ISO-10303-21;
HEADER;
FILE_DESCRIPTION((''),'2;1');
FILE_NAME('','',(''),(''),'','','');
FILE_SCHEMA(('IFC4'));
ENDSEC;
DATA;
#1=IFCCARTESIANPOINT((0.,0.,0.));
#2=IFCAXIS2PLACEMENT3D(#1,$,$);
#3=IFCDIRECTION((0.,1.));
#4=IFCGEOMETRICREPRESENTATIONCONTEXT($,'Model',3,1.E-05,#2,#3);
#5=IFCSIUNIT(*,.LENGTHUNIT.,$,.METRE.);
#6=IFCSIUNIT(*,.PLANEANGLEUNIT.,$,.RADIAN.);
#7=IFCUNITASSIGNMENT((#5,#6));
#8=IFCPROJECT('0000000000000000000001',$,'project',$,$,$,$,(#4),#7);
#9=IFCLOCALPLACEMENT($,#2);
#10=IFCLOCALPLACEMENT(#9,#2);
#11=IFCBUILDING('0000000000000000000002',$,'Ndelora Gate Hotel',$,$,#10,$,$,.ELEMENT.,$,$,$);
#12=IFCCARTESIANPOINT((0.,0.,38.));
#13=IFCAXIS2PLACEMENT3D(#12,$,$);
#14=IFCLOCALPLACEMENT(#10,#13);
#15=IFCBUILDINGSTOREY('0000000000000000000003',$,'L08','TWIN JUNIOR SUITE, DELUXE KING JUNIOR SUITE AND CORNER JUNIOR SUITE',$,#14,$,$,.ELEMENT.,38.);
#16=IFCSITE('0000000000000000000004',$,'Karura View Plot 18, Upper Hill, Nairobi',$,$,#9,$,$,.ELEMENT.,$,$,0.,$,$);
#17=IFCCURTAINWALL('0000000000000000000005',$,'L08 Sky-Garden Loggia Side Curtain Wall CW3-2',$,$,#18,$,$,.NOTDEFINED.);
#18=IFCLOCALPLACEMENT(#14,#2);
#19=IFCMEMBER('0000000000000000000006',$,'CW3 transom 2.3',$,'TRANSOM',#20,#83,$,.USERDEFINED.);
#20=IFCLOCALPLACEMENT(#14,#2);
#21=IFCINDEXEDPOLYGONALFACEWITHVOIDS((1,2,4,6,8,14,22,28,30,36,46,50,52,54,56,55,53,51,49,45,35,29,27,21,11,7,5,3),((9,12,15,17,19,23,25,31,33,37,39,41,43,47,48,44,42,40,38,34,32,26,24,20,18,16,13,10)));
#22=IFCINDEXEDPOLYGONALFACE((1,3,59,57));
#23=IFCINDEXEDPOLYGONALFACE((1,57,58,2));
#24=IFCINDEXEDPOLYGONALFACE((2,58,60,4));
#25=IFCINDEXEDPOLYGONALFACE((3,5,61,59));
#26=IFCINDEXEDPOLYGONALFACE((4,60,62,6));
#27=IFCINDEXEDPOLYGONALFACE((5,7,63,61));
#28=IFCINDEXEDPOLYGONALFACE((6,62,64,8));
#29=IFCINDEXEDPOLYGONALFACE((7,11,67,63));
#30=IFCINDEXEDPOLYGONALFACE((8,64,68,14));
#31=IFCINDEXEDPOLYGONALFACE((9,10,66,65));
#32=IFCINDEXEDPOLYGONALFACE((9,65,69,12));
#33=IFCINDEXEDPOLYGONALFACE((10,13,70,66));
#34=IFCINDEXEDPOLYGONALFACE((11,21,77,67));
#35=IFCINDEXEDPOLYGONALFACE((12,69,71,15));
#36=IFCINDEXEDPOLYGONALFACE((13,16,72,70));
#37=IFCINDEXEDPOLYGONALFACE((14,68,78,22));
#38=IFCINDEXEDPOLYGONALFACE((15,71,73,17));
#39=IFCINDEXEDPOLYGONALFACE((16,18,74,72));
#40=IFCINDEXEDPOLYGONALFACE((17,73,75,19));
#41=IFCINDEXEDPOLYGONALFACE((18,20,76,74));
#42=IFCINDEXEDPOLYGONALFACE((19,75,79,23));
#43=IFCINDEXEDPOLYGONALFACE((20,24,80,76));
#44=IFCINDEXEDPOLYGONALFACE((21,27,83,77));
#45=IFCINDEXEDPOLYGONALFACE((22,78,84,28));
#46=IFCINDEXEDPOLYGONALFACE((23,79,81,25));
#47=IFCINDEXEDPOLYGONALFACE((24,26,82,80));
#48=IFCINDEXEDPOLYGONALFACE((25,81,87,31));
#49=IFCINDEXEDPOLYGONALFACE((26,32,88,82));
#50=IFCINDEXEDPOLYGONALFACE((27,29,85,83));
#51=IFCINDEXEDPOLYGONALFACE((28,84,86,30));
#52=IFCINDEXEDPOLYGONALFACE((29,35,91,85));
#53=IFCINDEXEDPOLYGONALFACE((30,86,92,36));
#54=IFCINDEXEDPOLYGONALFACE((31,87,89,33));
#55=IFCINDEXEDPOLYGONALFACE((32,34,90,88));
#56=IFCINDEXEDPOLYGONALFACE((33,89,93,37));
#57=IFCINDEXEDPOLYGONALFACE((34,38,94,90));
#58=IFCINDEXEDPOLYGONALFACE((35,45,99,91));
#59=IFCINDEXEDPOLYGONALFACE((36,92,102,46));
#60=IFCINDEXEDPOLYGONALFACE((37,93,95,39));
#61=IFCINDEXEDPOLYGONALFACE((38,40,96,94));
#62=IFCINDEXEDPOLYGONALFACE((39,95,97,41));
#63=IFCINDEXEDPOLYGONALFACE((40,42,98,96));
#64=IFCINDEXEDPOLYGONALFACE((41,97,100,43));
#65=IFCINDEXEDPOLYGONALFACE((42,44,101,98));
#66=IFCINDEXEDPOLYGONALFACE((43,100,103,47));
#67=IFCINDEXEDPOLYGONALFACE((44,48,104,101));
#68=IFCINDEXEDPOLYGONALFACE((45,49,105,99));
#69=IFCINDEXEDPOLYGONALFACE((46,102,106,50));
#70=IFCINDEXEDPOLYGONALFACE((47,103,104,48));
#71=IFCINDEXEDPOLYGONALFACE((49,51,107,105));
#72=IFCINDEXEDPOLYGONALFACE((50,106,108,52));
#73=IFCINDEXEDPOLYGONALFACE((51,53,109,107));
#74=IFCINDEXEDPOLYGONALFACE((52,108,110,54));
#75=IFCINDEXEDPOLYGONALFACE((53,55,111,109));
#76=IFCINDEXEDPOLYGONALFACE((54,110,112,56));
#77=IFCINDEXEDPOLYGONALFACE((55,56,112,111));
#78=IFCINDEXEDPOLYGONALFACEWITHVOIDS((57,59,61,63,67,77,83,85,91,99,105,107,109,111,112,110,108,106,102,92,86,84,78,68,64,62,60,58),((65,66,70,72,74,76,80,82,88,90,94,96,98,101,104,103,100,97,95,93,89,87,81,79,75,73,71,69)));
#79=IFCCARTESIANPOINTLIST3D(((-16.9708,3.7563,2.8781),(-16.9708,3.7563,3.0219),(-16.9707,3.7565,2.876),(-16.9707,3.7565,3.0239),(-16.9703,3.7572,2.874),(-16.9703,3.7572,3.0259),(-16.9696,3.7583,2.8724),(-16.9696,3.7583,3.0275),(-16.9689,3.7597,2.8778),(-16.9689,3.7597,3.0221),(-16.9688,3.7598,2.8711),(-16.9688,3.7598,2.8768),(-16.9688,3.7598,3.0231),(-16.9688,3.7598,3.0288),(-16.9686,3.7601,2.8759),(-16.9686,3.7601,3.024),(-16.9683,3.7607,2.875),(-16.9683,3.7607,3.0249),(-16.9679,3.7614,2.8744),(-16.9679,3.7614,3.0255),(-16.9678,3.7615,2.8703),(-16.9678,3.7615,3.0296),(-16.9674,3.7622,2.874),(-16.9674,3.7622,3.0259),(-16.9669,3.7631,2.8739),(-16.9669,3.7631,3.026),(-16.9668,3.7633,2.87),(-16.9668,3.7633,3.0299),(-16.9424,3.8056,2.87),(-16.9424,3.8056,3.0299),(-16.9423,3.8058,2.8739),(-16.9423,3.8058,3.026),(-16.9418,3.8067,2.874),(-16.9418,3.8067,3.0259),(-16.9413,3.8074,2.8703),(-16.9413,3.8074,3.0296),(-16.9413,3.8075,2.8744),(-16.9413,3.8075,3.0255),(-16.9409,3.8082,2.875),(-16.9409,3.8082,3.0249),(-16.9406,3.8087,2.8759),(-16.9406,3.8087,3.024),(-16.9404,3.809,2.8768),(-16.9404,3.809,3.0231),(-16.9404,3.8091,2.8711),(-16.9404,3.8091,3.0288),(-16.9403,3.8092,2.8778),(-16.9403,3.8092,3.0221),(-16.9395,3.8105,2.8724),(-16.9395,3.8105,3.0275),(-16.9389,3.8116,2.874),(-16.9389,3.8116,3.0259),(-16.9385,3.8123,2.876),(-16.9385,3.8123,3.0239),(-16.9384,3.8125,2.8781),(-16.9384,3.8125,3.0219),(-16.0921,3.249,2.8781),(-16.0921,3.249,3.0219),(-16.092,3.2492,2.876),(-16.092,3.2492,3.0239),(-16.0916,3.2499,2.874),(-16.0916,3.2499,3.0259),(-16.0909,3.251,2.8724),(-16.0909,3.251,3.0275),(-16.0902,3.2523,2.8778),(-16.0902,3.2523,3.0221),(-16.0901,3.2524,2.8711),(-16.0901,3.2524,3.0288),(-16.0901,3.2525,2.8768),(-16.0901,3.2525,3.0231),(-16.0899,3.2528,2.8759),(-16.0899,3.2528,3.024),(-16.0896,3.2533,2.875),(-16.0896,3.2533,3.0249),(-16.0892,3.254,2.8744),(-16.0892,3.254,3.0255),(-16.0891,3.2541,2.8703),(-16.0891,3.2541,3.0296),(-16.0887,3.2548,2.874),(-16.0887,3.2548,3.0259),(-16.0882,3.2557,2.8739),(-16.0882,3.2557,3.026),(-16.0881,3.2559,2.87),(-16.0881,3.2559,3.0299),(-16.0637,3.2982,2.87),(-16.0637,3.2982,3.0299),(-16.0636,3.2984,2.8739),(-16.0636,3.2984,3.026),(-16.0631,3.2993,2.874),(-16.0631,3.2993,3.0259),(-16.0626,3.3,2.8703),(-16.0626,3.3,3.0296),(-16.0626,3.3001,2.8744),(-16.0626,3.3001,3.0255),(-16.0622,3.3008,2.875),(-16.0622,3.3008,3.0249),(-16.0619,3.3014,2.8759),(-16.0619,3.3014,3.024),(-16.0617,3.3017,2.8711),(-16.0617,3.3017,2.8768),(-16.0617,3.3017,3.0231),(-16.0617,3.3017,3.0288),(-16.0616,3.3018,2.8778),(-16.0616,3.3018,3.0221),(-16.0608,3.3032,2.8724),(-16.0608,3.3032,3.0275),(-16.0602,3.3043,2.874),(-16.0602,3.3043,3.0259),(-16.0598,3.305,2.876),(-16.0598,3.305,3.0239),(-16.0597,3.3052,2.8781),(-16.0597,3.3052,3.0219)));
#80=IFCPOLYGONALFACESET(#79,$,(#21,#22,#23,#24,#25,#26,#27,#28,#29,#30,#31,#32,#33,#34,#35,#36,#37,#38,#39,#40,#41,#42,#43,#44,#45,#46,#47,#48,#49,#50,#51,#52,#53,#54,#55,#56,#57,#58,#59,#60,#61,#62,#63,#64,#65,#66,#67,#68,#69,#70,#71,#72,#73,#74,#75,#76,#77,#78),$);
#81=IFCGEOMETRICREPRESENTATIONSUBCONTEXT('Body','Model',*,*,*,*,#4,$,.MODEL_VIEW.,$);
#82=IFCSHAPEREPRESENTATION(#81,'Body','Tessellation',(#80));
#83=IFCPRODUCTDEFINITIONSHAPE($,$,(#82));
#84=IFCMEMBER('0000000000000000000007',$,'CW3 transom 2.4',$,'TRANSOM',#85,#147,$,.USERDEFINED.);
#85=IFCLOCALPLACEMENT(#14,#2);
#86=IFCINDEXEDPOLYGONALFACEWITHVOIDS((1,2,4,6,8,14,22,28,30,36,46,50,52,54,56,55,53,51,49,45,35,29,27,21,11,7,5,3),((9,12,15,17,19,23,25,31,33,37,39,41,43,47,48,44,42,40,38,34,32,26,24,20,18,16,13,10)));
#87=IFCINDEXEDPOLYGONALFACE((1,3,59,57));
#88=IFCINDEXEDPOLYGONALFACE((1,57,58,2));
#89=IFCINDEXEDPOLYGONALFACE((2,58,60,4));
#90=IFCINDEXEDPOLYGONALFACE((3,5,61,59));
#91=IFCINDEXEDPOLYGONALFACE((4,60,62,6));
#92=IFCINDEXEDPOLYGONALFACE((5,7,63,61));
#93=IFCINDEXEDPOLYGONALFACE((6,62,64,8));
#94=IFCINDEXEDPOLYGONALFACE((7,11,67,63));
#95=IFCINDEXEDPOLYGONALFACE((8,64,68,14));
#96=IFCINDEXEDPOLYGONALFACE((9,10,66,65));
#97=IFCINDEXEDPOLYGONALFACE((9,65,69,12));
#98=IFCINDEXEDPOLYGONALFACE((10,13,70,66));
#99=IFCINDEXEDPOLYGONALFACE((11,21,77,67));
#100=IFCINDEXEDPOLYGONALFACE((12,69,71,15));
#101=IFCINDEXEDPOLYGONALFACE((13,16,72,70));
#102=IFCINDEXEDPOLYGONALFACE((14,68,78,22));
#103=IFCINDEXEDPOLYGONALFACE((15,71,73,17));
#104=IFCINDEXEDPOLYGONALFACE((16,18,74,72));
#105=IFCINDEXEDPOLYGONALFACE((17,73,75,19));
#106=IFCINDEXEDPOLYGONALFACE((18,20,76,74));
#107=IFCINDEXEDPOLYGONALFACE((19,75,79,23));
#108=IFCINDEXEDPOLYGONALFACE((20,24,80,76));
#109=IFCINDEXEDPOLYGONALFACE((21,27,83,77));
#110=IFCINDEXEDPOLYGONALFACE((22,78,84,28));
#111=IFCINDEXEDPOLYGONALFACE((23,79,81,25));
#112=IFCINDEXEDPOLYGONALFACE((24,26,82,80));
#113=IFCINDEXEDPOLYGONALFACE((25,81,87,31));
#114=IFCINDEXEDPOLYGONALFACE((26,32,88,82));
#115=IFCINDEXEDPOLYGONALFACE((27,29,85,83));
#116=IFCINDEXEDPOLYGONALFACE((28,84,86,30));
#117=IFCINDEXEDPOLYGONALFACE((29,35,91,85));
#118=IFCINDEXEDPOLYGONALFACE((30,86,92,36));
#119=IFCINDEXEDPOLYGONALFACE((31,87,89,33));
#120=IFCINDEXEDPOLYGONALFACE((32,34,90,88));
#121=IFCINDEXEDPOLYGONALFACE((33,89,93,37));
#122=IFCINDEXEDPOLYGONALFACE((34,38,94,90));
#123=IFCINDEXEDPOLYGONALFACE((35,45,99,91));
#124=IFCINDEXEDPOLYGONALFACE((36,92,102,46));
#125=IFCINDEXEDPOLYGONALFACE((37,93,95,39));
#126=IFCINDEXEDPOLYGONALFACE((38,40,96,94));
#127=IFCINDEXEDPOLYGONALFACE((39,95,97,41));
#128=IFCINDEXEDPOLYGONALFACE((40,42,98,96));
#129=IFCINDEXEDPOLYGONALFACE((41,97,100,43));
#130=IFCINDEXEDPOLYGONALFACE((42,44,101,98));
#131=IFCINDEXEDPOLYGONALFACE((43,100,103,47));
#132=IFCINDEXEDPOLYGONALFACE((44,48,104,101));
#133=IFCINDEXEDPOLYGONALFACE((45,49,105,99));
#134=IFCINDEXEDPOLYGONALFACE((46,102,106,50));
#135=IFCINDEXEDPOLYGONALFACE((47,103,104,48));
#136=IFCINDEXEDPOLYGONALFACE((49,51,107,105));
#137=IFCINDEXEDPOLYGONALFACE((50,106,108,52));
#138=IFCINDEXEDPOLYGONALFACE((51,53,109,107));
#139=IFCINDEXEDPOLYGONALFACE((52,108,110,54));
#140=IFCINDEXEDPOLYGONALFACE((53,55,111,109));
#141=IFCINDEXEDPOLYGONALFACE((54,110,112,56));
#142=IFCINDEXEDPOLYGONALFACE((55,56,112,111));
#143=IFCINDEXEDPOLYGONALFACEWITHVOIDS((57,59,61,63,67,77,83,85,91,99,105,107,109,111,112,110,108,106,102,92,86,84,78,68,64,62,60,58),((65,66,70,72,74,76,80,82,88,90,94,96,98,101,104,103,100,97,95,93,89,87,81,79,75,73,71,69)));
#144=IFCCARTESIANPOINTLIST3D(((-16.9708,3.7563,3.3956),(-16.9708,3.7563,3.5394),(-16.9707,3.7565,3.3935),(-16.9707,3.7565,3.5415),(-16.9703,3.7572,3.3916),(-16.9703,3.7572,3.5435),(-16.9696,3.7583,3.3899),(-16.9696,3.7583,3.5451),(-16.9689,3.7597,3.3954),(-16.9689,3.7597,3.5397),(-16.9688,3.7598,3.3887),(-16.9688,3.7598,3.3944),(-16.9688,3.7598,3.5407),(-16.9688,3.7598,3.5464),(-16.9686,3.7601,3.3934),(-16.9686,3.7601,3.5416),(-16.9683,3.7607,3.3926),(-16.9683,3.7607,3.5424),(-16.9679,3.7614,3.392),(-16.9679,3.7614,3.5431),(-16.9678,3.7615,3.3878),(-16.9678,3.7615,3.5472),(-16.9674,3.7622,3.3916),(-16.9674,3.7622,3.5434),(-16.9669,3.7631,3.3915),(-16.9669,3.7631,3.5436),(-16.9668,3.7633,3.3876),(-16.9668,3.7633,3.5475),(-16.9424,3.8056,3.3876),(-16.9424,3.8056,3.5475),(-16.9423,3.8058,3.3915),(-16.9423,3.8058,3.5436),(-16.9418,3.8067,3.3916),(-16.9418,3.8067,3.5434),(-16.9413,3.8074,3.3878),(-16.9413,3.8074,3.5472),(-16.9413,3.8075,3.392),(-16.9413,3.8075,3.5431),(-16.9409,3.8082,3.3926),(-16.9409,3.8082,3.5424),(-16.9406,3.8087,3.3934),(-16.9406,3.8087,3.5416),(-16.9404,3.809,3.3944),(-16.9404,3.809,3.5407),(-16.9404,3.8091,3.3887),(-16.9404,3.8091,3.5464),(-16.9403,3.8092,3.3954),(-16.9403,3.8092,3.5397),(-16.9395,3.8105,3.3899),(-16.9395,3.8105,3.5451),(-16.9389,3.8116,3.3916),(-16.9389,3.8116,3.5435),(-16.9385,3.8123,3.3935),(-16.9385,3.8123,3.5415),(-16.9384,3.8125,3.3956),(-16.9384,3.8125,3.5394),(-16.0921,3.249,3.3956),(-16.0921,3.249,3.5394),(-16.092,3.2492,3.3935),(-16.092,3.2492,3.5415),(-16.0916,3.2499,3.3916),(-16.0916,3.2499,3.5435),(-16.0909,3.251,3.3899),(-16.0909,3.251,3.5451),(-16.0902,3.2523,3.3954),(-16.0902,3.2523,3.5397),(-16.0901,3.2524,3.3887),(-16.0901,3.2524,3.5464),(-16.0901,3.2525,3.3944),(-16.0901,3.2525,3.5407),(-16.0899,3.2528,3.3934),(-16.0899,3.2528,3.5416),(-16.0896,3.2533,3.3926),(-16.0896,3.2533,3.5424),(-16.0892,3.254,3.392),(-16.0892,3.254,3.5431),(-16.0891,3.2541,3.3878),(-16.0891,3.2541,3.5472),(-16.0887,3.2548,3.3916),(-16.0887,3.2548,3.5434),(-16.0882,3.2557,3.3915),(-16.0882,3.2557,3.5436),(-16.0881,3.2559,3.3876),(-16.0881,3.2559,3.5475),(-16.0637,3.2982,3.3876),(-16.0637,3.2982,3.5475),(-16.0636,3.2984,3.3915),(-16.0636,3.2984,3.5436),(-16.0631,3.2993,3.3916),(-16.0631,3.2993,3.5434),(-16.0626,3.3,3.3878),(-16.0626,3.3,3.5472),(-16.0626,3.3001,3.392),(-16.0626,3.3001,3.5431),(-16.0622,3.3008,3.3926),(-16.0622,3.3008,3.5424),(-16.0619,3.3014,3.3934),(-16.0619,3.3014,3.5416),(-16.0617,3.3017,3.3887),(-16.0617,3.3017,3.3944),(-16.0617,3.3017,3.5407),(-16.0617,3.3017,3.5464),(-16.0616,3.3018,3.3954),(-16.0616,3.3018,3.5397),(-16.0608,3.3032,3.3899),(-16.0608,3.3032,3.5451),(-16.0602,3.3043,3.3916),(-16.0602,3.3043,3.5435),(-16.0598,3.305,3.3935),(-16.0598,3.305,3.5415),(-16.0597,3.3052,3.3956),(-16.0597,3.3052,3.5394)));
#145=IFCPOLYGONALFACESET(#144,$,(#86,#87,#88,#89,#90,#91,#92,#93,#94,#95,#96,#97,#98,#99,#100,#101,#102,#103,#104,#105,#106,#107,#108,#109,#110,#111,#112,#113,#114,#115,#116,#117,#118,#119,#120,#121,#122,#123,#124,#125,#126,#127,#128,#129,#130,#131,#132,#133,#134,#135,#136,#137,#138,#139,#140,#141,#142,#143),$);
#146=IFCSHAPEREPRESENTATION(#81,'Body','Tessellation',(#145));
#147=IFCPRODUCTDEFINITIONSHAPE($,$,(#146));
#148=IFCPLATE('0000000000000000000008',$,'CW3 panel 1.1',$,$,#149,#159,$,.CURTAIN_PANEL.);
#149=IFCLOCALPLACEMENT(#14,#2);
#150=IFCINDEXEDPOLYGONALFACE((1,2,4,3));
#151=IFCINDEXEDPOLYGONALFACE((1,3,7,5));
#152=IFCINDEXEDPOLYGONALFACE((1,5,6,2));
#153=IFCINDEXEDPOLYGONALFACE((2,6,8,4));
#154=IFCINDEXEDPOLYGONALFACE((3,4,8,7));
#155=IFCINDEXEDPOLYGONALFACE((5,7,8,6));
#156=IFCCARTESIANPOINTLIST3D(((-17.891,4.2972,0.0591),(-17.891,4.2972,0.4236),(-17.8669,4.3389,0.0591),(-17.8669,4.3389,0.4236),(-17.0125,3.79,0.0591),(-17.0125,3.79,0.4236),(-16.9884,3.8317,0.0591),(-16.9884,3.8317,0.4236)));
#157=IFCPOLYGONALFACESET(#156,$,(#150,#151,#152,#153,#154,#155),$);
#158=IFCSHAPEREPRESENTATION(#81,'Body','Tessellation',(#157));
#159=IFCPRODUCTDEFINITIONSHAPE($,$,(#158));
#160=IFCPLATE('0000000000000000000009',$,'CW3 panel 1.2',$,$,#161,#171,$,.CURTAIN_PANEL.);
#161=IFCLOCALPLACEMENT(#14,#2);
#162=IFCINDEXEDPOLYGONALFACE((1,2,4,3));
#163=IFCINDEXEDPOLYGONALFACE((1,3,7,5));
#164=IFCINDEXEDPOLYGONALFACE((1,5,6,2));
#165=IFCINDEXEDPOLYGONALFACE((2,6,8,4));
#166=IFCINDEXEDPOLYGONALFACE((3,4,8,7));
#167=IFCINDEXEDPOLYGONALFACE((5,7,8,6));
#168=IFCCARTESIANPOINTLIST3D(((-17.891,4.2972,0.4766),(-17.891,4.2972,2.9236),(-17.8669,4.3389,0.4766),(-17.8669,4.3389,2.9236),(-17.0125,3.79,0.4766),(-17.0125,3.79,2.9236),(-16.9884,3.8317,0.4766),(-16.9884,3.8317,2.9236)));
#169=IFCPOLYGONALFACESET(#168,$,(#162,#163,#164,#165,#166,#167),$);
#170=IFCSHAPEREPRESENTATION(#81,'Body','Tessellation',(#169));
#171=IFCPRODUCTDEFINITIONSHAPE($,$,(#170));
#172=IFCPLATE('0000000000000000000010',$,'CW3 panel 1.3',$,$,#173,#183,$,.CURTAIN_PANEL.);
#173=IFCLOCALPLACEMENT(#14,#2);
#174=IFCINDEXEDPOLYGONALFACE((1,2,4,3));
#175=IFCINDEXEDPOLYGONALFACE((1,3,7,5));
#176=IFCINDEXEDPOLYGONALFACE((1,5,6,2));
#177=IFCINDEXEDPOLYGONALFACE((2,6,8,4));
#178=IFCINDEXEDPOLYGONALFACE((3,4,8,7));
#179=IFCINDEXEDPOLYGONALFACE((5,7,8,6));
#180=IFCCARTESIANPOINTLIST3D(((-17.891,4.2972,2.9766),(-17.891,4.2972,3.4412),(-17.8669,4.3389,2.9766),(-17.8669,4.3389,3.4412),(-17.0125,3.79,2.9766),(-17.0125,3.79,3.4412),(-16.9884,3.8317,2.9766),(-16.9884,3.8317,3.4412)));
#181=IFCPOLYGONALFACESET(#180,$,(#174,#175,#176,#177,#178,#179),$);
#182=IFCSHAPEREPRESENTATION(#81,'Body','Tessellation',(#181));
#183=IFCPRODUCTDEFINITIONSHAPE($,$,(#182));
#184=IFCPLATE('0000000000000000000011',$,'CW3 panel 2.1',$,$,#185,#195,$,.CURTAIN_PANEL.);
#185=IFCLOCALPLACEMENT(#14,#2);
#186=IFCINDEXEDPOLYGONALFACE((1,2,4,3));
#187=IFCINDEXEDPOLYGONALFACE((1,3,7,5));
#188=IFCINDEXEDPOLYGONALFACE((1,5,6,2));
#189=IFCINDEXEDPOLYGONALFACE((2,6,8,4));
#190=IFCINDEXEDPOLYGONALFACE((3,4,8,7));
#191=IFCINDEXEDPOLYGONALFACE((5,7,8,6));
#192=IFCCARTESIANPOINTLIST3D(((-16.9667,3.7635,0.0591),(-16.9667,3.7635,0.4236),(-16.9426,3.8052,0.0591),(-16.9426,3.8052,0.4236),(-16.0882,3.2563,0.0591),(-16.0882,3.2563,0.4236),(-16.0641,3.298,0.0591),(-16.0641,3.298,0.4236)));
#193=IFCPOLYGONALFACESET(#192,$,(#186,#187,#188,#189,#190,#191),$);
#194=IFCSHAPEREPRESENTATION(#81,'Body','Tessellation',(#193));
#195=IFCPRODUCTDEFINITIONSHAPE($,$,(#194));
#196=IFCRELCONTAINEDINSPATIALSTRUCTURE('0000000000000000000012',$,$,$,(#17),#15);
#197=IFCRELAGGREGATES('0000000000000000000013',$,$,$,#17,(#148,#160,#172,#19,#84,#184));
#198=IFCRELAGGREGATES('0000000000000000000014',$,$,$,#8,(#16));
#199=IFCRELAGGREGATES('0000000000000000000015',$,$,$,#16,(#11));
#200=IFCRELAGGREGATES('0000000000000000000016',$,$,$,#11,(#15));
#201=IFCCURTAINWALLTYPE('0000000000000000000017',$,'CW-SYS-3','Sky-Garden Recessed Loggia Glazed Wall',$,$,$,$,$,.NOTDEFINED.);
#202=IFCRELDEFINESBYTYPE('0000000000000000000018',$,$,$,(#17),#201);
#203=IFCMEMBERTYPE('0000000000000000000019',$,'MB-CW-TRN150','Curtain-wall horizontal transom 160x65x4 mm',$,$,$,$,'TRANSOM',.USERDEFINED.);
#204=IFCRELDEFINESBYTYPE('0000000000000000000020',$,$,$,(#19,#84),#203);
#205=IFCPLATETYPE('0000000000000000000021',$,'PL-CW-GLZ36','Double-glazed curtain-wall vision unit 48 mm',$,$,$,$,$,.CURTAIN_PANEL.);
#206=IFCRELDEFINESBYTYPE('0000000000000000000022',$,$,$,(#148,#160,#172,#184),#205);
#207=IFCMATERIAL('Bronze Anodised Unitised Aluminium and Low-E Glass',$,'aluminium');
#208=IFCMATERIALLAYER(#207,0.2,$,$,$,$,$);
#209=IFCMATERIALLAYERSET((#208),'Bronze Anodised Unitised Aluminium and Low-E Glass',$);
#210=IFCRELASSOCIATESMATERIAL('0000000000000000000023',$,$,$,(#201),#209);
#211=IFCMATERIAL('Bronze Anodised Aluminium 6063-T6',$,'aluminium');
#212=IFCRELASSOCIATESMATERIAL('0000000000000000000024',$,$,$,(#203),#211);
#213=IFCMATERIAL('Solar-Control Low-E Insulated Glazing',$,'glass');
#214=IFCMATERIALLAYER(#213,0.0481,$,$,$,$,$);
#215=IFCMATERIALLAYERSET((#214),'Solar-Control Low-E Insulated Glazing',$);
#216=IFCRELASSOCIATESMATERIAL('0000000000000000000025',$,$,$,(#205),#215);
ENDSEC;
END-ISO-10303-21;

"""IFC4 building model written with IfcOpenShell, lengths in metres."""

from ifc_helpers import new_model, si_unit, direction, frame, origin, origin_2d, place, context, subcontext, project, spatial, rectangle, hollow_rectangle, extrude, material, layer, layer_set, material_profile, profile_set, type_object, element, aggregate, save


model = new_model("IFC4")

# Units and contexts
model_context = context("Model", 3, precision=1e-05, world=origin(), true_north=direction((0.0, 1.0)))
body_context = subcontext(model_context, "Body", "Model", "MODEL_VIEW")
ifc_project = project(units=[si_unit("LENGTHUNIT", "METRE"), si_unit("PLANEANGLEUNIT", "RADIAN")], contexts=[model_context])

# Site, building, storey
site_placement = place(None, origin())
site = spatial("IfcSite", under=ifc_project, at=site_placement, Name="Karura View Plot 18, Upper Hill, Nairobi", CompositionType="ELEMENT", RefElevation=0.0)
building_placement = place(site_placement, origin())
building = spatial("IfcBuilding", under=site, at=building_placement, Name="Ndelora Gate Hotel", CompositionType="ELEMENT")
storey_placement = place(building_placement, frame((0.0, 0.0, 38.0)))
storey = spatial("IfcBuildingStorey", under=building, at=storey_placement, Name="L08", Description="TWIN JUNIOR SUITE, DELUXE KING JUNIOR SUITE AND CORNER JUNIOR SUITE", CompositionType="ELEMENT", Elevation=38.0)

# Curtain wall, members, plates
ifc_material_1 = material(Name="Bronze Anodised Unitised Aluminium and Low-E Glass", Category="aluminium")
ifc_layer_1 = layer(ifc_material_1, 0.2)
ifc_layer_set_1 = layer_set([ifc_layer_1], Name="Bronze Anodised Unitised Aluminium and Low-E Glass")
curtain_wall_type = type_object("IfcCurtainWallType", Name="CW-SYS-3", Description="Sky-Garden Recessed Loggia Glazed Wall", PredefinedType="NOTDEFINED", material=ifc_layer_set_1)
curtain_wall_placement = place(storey_placement, origin())
curtain_wall = element("IfcCurtainWall", 1, at=curtain_wall_placement, inside=storey, type_object=curtain_wall_type, Name="L08 Sky-Garden Loggia Side Curtain Wall CW3-2", PredefinedType="NOTDEFINED")
ifc_material_2 = material(Name="Bronze Anodised Aluminium 6063-T6", Category="aluminium")
ifc_material_profile_1 = material_profile(ifc_material_2, hollow_rectangle(XDim=0.0649, YDim=0.1599, WallThickness=0.0039, InnerFilletRadius=0.0039, OuterFilletRadius=0.0081, at=origin_2d()), Name="ALU 160x65x4")
ifc_profile_set_1 = profile_set([ifc_material_profile_1], Name="Bronze Anodised Aluminium 6063-T6")
member_type_1 = type_object("IfcMemberType", Name="MB-CW-TRN150", Description="Curtain-wall horizontal transom 160x65x4 mm", ElementType="TRANSOM", PredefinedType="USERDEFINED", material=ifc_profile_set_1)
member_1_placement = place(storey_placement, frame((-16.9546, 3.7844, 2.95), z_axis=(0.866013, -0.500021, 0.0), x_axis=(0.500021, 0.866013, 0.0)))
member_1 = element("IfcMember", 2, at=member_1_placement, type_object=member_type_1, Name="CW3 transom 2.3", ObjectType="TRANSOM", PredefinedType="USERDEFINED", context=body_context, shape_type="SweptSolid", body=[
    extrude(hollow_rectangle(XDim=0.0649, YDim=0.1599, WallThickness=0.0039, InnerFilletRadius=0.0039, OuterFilletRadius=0.0081, at=origin_2d()), origin(), (0.0, 0.0, 1.0), 1.0146),
])
member_2_placement = place(storey_placement, frame((-16.9546, 3.7844, 3.4675), z_axis=(0.866013, -0.500021, 0.0), x_axis=(0.500021, 0.866013, 0.0)))
member_2 = element("IfcMember", 3, at=member_2_placement, type_object=member_type_1, Name="CW3 transom 2.4", ObjectType="TRANSOM", PredefinedType="USERDEFINED", context=body_context, shape_type="SweptSolid", body=[
    extrude(hollow_rectangle(XDim=0.0649, YDim=0.1599, WallThickness=0.0039, InnerFilletRadius=0.0039, OuterFilletRadius=0.0081, at=origin_2d()), origin(), (0.0, 0.0, 1.0), 1.0146),
])
ifc_material_3 = material(Name="Solar-Control Low-E Insulated Glazing", Category="glass")
ifc_layer_2 = layer(ifc_material_3, 0.0481)
ifc_layer_set_2 = layer_set([ifc_layer_2], Name="Solar-Control Low-E Insulated Glazing")
plate_type_1 = type_object("IfcPlateType", Name="PL-CW-GLZ36", Description="Double-glazed curtain-wall vision unit 48 mm", PredefinedType="CURTAIN_PANEL", material=ifc_layer_set_2)
plate_1_placement = place(storey_placement, frame((-17.4397, 4.0645, 0.0591), z_axis=(0.0, 0.0, 1.0), x_axis=(0.86603, -0.499991, 0.0)))
plate_1 = element("IfcPlate", 4, at=plate_1_placement, type_object=plate_type_1, Name="CW3 panel 1.1", PredefinedType="CURTAIN_PANEL", context=body_context, shape_type="SweptSolid", body=[
    extrude(rectangle(XDim=1.0144, YDim=0.0481, at=origin_2d()), origin(), (0.0, 0.0, 1.0), 0.3645),
])
plate_2_placement = place(storey_placement, frame((-17.4397, 4.0645, 0.4766), z_axis=(0.0, 0.0, 1.0), x_axis=(0.86603, -0.499991, 0.0)))
plate_2 = element("IfcPlate", 5, at=plate_2_placement, type_object=plate_type_1, Name="CW3 panel 1.2", PredefinedType="CURTAIN_PANEL", context=body_context, shape_type="SweptSolid", body=[
    extrude(rectangle(XDim=1.0144, YDim=0.0481, at=origin_2d()), origin(), (0.0, 0.0, 1.0), 2.447),
])
plate_3_placement = place(storey_placement, frame((-17.4397, 4.0645, 2.9766), z_axis=(0.0, 0.0, 1.0), x_axis=(0.86603, -0.499991, 0.0)))
plate_3 = element("IfcPlate", 6, at=plate_3_placement, type_object=plate_type_1, Name="CW3 panel 1.3", PredefinedType="CURTAIN_PANEL", context=body_context, shape_type="SweptSolid", body=[
    extrude(rectangle(XDim=1.0144, YDim=0.0481, at=origin_2d()), origin(), (0.0, 0.0, 1.0), 0.4646),
])
plate_4_placement = place(storey_placement, frame((-16.5154, 3.5308, 0.0591), z_axis=(0.0, 0.0, 1.0), x_axis=(0.86603, -0.499991, 0.0)))
plate_4 = element("IfcPlate", 7, at=plate_4_placement, type_object=plate_type_1, Name="CW3 panel 2.1", PredefinedType="CURTAIN_PANEL", context=body_context, shape_type="SweptSolid", body=[
    extrude(rectangle(XDim=1.0144, YDim=0.0481, at=origin_2d()), origin(), (0.0, 0.0, 1.0), 0.3645),
])
aggregate(curtain_wall, [plate_1, plate_2, plate_3, member_1, member_2, plate_4])

save(model, "model.ifc")
